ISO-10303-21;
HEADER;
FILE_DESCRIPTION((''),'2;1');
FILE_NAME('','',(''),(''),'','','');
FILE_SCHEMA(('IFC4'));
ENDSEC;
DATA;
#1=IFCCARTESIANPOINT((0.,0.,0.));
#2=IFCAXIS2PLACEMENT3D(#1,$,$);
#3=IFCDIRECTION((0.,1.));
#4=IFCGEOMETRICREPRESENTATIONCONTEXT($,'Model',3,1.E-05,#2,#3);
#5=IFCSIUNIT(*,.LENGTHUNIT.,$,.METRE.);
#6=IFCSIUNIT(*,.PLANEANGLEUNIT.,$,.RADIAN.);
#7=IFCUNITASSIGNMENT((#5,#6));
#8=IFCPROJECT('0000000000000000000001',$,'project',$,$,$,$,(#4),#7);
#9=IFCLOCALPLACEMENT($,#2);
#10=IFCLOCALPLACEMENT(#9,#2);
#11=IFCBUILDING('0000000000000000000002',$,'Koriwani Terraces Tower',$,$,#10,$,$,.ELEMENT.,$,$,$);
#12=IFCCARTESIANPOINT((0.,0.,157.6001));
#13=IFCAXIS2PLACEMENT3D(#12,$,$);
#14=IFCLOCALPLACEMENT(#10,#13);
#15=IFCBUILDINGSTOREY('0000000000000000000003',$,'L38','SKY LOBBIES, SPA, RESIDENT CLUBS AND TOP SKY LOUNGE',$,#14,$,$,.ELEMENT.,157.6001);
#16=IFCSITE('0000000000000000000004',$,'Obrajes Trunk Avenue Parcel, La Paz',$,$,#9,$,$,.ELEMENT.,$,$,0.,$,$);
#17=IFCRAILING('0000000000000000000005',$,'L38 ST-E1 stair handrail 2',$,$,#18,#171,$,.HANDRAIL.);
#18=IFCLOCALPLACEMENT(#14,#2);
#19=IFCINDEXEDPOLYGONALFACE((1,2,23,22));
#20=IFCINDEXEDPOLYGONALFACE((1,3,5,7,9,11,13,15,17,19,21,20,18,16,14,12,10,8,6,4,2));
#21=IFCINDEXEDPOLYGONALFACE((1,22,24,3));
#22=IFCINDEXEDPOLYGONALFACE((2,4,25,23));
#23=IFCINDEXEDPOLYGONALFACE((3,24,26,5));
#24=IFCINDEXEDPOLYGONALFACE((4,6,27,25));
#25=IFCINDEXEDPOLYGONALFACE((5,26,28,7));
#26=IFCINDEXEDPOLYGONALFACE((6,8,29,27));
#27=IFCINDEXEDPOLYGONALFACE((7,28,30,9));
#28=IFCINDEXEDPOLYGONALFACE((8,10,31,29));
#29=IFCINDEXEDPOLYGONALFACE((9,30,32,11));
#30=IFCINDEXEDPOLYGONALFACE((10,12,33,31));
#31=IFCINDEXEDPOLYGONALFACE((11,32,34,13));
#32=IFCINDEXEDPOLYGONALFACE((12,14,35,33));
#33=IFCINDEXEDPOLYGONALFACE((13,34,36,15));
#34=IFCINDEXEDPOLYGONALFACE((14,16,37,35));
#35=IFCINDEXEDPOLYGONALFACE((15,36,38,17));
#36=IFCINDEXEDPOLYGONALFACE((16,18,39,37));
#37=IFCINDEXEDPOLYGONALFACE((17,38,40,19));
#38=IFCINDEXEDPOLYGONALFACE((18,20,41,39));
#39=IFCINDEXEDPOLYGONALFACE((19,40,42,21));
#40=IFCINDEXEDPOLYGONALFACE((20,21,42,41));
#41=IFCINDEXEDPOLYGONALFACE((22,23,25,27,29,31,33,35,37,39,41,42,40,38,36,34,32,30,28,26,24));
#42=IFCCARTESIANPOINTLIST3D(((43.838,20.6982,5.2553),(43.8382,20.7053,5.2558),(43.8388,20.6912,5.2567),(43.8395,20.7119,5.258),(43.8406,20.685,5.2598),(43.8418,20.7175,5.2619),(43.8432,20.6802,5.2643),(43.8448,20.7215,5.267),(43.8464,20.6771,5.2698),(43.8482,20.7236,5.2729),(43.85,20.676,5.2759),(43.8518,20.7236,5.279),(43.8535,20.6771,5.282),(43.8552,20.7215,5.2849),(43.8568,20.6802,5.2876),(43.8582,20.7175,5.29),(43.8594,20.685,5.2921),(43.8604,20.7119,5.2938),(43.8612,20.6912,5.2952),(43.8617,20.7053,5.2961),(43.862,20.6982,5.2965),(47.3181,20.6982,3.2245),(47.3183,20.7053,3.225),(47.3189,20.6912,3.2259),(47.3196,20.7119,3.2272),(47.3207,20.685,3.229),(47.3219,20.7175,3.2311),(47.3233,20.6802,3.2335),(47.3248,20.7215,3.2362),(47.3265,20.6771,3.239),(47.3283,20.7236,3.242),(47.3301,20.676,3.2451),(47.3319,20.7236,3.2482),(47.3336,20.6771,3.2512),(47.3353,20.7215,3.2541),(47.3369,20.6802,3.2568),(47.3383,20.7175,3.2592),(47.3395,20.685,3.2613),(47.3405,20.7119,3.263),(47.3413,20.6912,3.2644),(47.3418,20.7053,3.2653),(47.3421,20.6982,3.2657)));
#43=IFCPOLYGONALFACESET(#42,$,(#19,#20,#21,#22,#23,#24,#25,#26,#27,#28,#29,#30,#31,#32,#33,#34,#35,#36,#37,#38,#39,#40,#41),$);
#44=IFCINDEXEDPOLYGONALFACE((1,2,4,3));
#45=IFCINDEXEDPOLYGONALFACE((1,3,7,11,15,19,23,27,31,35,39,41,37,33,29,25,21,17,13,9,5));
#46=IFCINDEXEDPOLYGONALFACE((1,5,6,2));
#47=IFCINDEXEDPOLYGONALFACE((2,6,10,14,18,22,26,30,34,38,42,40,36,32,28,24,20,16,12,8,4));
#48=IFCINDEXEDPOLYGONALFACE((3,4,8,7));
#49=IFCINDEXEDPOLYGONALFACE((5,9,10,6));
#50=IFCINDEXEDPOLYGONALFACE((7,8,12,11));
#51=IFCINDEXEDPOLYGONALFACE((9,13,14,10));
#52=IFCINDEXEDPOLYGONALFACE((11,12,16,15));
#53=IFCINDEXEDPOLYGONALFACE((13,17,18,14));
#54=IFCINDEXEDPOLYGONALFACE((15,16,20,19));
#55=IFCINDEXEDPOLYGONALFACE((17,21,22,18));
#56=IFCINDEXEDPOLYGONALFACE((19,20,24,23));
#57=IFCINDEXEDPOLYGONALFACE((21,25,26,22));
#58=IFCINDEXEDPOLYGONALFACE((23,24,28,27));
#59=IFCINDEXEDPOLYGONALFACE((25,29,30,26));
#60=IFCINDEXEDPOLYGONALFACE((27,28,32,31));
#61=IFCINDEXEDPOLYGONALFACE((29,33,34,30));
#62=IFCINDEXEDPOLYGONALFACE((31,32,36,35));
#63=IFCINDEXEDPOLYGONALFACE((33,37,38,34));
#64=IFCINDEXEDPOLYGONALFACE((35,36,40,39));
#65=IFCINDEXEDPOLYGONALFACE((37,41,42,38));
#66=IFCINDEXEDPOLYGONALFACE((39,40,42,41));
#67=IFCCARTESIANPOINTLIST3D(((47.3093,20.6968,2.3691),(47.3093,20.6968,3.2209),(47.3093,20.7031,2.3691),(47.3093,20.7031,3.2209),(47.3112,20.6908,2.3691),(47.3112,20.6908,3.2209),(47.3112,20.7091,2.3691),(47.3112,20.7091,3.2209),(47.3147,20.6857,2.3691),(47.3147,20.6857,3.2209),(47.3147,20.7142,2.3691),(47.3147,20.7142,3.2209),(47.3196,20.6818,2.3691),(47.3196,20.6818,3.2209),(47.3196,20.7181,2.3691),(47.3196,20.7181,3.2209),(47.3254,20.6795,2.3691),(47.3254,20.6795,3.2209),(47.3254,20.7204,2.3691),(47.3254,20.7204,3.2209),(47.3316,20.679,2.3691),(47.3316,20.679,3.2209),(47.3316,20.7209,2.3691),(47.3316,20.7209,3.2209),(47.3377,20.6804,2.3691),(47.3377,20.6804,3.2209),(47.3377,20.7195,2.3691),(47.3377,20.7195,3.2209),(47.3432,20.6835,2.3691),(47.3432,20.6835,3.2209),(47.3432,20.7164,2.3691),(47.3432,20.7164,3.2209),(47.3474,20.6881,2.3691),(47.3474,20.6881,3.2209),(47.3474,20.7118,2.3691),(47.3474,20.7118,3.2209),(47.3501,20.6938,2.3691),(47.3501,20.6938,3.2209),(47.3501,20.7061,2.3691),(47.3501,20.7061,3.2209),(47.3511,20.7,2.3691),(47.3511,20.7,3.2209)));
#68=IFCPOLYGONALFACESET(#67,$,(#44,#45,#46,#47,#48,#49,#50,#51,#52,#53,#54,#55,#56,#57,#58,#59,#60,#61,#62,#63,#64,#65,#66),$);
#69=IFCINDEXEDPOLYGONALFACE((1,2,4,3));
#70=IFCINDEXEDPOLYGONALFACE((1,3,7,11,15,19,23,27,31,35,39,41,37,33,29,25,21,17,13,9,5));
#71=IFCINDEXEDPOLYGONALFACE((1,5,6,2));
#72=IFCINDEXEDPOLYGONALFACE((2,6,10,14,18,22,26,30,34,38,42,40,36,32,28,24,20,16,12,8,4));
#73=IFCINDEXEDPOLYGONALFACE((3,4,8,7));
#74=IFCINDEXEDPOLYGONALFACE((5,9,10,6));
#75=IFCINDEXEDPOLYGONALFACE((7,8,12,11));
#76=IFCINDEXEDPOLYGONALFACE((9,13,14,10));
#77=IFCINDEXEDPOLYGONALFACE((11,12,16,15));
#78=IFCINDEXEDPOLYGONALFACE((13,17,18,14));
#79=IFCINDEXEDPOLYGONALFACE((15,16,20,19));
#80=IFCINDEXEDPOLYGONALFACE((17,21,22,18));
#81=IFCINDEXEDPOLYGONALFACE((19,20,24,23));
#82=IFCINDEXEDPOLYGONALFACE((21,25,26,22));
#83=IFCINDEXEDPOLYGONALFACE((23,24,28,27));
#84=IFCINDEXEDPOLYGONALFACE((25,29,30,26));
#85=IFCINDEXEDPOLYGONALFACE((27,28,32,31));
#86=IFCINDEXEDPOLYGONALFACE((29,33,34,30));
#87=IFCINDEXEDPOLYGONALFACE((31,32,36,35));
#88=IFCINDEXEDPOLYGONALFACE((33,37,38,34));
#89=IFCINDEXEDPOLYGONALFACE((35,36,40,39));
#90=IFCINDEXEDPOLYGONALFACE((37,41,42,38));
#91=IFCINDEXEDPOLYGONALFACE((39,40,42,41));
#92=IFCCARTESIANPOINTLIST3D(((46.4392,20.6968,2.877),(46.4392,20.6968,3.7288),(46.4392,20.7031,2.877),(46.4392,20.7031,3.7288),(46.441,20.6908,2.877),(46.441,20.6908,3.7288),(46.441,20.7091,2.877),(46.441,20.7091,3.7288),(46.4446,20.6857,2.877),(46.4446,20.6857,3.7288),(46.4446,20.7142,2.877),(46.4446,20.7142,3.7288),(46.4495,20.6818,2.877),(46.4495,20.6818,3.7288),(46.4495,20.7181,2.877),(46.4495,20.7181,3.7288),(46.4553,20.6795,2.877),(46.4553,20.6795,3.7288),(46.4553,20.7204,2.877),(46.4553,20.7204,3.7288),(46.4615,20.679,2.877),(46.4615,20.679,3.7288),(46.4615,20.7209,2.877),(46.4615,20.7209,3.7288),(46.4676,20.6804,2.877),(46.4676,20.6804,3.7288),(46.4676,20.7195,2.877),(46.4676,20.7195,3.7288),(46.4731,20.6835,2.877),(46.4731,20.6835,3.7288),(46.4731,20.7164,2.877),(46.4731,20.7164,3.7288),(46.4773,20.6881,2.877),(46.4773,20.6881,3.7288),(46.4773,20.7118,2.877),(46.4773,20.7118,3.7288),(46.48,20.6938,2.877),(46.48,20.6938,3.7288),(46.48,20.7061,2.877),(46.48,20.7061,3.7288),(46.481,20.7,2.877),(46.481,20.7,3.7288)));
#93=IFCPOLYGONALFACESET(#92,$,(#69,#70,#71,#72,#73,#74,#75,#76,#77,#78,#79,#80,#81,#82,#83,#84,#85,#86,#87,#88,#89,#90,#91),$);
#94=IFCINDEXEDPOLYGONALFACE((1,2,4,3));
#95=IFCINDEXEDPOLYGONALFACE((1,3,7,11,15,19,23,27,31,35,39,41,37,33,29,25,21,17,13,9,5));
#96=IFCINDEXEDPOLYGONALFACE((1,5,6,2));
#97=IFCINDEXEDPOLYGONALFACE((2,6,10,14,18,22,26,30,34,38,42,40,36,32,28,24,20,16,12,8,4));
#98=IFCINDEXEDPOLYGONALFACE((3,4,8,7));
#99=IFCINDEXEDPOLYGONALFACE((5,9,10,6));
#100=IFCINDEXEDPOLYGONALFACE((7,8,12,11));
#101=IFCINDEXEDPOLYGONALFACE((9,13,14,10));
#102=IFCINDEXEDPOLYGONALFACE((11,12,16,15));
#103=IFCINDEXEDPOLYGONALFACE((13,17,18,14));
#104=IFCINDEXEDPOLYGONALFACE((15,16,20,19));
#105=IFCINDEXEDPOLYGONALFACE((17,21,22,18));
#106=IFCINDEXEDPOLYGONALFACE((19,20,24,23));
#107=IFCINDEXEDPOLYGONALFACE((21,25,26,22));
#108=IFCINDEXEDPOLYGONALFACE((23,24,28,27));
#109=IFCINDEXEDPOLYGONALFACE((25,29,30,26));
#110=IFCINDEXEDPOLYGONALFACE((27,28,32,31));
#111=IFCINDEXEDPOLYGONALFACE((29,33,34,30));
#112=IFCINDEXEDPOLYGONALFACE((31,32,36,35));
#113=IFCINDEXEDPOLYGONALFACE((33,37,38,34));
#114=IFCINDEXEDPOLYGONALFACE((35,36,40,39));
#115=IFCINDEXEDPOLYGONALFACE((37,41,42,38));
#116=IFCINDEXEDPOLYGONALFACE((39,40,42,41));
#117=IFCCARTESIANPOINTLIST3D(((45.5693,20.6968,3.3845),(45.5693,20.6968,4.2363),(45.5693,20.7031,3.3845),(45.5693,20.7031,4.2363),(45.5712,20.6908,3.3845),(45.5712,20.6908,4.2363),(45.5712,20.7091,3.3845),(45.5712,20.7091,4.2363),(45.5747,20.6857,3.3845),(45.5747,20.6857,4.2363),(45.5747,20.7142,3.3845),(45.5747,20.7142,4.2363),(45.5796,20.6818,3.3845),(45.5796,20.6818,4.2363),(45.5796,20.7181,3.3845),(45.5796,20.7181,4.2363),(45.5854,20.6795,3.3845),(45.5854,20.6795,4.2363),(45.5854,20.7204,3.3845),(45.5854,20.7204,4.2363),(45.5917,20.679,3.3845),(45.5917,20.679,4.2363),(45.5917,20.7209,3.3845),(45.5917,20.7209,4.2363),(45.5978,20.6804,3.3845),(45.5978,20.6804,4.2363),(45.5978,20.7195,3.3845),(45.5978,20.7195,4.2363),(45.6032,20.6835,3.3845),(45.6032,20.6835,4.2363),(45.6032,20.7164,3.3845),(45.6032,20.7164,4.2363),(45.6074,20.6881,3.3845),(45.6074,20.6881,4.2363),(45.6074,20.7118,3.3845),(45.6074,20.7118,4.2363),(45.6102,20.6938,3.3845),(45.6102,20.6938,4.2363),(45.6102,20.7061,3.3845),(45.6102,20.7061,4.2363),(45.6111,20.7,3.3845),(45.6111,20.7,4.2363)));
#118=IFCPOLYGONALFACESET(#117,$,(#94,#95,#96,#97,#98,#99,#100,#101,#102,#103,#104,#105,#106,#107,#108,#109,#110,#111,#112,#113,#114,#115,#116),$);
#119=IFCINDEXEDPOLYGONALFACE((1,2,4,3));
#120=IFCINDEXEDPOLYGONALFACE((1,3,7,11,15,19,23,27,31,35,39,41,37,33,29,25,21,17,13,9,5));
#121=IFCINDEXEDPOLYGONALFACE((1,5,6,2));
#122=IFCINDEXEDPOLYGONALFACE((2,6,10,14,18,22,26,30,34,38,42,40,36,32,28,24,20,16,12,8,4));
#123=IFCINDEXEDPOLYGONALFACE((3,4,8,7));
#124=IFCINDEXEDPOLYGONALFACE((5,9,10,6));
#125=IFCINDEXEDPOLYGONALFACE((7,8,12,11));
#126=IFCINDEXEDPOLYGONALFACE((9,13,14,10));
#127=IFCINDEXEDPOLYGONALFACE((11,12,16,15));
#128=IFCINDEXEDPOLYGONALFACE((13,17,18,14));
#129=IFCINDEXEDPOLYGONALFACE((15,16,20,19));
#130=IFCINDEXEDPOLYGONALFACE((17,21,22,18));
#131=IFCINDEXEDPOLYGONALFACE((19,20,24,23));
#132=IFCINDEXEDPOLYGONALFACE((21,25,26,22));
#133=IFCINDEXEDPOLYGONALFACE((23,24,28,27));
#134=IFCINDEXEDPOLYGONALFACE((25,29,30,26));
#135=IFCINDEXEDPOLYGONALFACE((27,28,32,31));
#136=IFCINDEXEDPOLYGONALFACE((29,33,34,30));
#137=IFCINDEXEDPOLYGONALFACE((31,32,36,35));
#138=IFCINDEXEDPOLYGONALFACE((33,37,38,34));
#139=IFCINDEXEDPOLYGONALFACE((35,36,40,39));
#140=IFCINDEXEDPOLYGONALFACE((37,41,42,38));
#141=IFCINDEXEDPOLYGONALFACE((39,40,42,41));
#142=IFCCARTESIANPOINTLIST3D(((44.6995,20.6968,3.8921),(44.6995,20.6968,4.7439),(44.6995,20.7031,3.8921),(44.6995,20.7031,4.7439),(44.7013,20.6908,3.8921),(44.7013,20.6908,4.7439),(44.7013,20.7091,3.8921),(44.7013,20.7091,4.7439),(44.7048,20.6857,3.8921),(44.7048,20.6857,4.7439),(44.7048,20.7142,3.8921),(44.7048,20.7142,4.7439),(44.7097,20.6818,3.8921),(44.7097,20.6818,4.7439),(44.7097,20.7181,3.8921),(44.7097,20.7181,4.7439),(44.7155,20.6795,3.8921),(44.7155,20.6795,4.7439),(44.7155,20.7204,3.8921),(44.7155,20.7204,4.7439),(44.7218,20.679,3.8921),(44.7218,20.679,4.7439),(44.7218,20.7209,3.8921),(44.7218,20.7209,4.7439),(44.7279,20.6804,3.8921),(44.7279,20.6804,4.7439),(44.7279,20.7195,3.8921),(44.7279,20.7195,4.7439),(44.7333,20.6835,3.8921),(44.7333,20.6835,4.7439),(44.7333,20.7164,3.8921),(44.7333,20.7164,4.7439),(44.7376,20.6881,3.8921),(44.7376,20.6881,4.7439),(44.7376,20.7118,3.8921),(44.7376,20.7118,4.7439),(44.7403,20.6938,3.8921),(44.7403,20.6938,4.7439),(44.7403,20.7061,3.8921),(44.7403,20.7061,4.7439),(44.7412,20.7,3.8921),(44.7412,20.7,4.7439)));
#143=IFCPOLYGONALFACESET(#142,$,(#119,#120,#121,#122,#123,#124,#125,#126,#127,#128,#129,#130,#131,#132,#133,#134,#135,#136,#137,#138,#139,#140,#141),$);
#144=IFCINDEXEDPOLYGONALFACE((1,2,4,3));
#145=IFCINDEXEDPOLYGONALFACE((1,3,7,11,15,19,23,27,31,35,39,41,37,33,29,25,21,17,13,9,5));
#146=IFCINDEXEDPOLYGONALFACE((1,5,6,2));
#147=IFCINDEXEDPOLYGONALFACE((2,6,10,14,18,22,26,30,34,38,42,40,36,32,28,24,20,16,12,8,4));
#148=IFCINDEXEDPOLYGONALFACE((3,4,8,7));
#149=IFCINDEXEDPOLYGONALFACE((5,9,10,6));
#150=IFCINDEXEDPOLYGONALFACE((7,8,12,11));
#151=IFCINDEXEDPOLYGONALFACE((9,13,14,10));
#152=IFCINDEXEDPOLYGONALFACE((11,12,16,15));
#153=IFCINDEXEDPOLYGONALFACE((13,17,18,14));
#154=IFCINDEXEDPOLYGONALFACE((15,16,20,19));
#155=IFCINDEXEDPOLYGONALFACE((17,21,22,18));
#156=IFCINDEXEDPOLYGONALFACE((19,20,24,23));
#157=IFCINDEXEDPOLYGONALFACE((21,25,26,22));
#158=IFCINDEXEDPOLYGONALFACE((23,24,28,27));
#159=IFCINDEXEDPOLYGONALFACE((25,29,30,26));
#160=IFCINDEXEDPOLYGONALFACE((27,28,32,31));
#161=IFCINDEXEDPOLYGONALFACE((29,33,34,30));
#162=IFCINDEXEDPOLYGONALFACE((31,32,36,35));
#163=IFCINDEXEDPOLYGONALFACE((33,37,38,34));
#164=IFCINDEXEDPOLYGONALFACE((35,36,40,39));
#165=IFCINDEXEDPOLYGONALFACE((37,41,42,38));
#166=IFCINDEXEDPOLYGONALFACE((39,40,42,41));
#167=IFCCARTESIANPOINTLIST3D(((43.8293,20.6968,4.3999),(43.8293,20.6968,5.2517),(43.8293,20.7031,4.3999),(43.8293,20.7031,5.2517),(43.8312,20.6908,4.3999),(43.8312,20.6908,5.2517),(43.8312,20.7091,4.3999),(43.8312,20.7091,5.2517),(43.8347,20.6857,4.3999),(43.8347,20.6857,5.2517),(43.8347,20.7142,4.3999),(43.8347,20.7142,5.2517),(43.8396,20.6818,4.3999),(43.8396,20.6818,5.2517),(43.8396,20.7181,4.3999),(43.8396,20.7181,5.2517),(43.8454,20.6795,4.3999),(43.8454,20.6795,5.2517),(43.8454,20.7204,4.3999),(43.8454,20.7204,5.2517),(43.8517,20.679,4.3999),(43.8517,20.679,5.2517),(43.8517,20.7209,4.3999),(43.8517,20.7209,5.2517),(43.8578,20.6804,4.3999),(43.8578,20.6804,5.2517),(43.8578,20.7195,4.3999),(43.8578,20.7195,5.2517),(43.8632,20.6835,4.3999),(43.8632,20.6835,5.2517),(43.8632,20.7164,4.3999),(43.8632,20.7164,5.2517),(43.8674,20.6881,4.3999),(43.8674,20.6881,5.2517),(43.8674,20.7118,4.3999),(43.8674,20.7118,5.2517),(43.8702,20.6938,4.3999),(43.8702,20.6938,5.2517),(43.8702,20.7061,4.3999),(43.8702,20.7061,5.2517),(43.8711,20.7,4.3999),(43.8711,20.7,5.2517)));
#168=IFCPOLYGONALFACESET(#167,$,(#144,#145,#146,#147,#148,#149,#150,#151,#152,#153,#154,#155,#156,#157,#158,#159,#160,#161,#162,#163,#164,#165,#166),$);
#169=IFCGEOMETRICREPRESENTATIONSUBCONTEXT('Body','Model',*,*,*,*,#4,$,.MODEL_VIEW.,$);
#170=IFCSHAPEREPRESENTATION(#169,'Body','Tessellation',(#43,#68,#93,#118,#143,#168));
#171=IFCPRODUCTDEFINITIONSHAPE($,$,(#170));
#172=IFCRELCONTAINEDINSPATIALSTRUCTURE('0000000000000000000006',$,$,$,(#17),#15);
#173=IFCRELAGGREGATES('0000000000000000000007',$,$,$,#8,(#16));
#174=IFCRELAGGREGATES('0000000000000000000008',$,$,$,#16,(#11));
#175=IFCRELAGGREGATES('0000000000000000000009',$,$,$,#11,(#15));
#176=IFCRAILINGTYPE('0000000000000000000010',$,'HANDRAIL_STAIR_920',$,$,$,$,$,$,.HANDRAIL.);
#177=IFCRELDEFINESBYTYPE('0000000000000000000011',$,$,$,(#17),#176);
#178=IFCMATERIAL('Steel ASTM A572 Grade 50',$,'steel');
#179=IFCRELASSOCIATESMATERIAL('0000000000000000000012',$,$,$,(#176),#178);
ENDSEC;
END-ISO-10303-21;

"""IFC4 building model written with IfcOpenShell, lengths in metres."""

from ifc_helpers import new_model, si_unit, direction, frame, origin, origin_2d, place, context, subcontext, project, spatial, circle, extrude, material, type_object, element, save


model = new_model("IFC4")

# Units and contexts
model_context = context("Model", 3, precision=1e-05, world=origin(), true_north=direction((0.0, 1.0)))
body_context = subcontext(model_context, "Body", "Model", "MODEL_VIEW")
ifc_project = project(units=[si_unit("LENGTHUNIT", "METRE"), si_unit("PLANEANGLEUNIT", "RADIAN")], contexts=[model_context])

# Site, building, storey
site_placement = place(None, origin())
site = spatial("IfcSite", under=ifc_project, at=site_placement, Name="Obrajes Trunk Avenue Parcel, La Paz", CompositionType="ELEMENT", RefElevation=0.0)
building_placement = place(site_placement, origin())
building = spatial("IfcBuilding", under=site, at=building_placement, Name="Koriwani Terraces Tower", CompositionType="ELEMENT")
storey_placement = place(building_placement, frame((0.0, 0.0, 157.6001)))
storey = spatial("IfcBuildingStorey", under=building, at=storey_placement, Name="L38", Description="SKY LOBBIES, SPA, RESIDENT CLUBS AND TOP SKY LOUNGE", CompositionType="ELEMENT", Elevation=157.6001)

# Shared definitions
ifc_material_1 = material(Name="Steel ASTM A572 Grade 50", Category="steel")

# Railing
railing_type_1 = type_object("IfcRailingType", Name="HANDRAIL_STAIR_920", PredefinedType="HANDRAIL", material=ifc_material_1)
railing_1_placement = place(storey_placement, frame((47.3301, 20.7, 2.3691)))
element("IfcRailing", 1, at=railing_1_placement, inside=storey, type_object=railing_type_1, Name="L38 ST-E1 stair handrail 2", PredefinedType="HANDRAIL", context=body_context, shape_type="SweptSolid", body=[
    extrude(circle(Radius=0.0239, at=origin_2d()), frame((0.0, 0.0, 0.876), z_axis=(-0.863695, 0.0, 0.504014), x_axis=(0.0, -1.0, 0.0)), (0.0, 0.0, 1.0), 4.0293),
    extrude(circle(Radius=0.021, at=origin_2d()), origin(), (0.0, 0.0, 1.0), 0.8518),
    extrude(circle(Radius=0.021, at=origin_2d()), frame((-0.8701, 0.0, 0.5078)), (0.0, 0.0, 1.0), 0.8518),
    extrude(circle(Radius=0.021, at=origin_2d()), frame((-1.74, 0.0, 1.0154)), (0.0, 0.0, 1.0), 0.8518),
    extrude(circle(Radius=0.021, at=origin_2d()), frame((-2.6099, 0.0, 1.5229)), (0.0, 0.0, 1.0), 0.8518),
    extrude(circle(Radius=0.021, at=origin_2d()), frame((-3.48, 0.0, 2.0308)), (0.0, 0.0, 1.0), 0.8518),
])

save(model, "model.ifc")
